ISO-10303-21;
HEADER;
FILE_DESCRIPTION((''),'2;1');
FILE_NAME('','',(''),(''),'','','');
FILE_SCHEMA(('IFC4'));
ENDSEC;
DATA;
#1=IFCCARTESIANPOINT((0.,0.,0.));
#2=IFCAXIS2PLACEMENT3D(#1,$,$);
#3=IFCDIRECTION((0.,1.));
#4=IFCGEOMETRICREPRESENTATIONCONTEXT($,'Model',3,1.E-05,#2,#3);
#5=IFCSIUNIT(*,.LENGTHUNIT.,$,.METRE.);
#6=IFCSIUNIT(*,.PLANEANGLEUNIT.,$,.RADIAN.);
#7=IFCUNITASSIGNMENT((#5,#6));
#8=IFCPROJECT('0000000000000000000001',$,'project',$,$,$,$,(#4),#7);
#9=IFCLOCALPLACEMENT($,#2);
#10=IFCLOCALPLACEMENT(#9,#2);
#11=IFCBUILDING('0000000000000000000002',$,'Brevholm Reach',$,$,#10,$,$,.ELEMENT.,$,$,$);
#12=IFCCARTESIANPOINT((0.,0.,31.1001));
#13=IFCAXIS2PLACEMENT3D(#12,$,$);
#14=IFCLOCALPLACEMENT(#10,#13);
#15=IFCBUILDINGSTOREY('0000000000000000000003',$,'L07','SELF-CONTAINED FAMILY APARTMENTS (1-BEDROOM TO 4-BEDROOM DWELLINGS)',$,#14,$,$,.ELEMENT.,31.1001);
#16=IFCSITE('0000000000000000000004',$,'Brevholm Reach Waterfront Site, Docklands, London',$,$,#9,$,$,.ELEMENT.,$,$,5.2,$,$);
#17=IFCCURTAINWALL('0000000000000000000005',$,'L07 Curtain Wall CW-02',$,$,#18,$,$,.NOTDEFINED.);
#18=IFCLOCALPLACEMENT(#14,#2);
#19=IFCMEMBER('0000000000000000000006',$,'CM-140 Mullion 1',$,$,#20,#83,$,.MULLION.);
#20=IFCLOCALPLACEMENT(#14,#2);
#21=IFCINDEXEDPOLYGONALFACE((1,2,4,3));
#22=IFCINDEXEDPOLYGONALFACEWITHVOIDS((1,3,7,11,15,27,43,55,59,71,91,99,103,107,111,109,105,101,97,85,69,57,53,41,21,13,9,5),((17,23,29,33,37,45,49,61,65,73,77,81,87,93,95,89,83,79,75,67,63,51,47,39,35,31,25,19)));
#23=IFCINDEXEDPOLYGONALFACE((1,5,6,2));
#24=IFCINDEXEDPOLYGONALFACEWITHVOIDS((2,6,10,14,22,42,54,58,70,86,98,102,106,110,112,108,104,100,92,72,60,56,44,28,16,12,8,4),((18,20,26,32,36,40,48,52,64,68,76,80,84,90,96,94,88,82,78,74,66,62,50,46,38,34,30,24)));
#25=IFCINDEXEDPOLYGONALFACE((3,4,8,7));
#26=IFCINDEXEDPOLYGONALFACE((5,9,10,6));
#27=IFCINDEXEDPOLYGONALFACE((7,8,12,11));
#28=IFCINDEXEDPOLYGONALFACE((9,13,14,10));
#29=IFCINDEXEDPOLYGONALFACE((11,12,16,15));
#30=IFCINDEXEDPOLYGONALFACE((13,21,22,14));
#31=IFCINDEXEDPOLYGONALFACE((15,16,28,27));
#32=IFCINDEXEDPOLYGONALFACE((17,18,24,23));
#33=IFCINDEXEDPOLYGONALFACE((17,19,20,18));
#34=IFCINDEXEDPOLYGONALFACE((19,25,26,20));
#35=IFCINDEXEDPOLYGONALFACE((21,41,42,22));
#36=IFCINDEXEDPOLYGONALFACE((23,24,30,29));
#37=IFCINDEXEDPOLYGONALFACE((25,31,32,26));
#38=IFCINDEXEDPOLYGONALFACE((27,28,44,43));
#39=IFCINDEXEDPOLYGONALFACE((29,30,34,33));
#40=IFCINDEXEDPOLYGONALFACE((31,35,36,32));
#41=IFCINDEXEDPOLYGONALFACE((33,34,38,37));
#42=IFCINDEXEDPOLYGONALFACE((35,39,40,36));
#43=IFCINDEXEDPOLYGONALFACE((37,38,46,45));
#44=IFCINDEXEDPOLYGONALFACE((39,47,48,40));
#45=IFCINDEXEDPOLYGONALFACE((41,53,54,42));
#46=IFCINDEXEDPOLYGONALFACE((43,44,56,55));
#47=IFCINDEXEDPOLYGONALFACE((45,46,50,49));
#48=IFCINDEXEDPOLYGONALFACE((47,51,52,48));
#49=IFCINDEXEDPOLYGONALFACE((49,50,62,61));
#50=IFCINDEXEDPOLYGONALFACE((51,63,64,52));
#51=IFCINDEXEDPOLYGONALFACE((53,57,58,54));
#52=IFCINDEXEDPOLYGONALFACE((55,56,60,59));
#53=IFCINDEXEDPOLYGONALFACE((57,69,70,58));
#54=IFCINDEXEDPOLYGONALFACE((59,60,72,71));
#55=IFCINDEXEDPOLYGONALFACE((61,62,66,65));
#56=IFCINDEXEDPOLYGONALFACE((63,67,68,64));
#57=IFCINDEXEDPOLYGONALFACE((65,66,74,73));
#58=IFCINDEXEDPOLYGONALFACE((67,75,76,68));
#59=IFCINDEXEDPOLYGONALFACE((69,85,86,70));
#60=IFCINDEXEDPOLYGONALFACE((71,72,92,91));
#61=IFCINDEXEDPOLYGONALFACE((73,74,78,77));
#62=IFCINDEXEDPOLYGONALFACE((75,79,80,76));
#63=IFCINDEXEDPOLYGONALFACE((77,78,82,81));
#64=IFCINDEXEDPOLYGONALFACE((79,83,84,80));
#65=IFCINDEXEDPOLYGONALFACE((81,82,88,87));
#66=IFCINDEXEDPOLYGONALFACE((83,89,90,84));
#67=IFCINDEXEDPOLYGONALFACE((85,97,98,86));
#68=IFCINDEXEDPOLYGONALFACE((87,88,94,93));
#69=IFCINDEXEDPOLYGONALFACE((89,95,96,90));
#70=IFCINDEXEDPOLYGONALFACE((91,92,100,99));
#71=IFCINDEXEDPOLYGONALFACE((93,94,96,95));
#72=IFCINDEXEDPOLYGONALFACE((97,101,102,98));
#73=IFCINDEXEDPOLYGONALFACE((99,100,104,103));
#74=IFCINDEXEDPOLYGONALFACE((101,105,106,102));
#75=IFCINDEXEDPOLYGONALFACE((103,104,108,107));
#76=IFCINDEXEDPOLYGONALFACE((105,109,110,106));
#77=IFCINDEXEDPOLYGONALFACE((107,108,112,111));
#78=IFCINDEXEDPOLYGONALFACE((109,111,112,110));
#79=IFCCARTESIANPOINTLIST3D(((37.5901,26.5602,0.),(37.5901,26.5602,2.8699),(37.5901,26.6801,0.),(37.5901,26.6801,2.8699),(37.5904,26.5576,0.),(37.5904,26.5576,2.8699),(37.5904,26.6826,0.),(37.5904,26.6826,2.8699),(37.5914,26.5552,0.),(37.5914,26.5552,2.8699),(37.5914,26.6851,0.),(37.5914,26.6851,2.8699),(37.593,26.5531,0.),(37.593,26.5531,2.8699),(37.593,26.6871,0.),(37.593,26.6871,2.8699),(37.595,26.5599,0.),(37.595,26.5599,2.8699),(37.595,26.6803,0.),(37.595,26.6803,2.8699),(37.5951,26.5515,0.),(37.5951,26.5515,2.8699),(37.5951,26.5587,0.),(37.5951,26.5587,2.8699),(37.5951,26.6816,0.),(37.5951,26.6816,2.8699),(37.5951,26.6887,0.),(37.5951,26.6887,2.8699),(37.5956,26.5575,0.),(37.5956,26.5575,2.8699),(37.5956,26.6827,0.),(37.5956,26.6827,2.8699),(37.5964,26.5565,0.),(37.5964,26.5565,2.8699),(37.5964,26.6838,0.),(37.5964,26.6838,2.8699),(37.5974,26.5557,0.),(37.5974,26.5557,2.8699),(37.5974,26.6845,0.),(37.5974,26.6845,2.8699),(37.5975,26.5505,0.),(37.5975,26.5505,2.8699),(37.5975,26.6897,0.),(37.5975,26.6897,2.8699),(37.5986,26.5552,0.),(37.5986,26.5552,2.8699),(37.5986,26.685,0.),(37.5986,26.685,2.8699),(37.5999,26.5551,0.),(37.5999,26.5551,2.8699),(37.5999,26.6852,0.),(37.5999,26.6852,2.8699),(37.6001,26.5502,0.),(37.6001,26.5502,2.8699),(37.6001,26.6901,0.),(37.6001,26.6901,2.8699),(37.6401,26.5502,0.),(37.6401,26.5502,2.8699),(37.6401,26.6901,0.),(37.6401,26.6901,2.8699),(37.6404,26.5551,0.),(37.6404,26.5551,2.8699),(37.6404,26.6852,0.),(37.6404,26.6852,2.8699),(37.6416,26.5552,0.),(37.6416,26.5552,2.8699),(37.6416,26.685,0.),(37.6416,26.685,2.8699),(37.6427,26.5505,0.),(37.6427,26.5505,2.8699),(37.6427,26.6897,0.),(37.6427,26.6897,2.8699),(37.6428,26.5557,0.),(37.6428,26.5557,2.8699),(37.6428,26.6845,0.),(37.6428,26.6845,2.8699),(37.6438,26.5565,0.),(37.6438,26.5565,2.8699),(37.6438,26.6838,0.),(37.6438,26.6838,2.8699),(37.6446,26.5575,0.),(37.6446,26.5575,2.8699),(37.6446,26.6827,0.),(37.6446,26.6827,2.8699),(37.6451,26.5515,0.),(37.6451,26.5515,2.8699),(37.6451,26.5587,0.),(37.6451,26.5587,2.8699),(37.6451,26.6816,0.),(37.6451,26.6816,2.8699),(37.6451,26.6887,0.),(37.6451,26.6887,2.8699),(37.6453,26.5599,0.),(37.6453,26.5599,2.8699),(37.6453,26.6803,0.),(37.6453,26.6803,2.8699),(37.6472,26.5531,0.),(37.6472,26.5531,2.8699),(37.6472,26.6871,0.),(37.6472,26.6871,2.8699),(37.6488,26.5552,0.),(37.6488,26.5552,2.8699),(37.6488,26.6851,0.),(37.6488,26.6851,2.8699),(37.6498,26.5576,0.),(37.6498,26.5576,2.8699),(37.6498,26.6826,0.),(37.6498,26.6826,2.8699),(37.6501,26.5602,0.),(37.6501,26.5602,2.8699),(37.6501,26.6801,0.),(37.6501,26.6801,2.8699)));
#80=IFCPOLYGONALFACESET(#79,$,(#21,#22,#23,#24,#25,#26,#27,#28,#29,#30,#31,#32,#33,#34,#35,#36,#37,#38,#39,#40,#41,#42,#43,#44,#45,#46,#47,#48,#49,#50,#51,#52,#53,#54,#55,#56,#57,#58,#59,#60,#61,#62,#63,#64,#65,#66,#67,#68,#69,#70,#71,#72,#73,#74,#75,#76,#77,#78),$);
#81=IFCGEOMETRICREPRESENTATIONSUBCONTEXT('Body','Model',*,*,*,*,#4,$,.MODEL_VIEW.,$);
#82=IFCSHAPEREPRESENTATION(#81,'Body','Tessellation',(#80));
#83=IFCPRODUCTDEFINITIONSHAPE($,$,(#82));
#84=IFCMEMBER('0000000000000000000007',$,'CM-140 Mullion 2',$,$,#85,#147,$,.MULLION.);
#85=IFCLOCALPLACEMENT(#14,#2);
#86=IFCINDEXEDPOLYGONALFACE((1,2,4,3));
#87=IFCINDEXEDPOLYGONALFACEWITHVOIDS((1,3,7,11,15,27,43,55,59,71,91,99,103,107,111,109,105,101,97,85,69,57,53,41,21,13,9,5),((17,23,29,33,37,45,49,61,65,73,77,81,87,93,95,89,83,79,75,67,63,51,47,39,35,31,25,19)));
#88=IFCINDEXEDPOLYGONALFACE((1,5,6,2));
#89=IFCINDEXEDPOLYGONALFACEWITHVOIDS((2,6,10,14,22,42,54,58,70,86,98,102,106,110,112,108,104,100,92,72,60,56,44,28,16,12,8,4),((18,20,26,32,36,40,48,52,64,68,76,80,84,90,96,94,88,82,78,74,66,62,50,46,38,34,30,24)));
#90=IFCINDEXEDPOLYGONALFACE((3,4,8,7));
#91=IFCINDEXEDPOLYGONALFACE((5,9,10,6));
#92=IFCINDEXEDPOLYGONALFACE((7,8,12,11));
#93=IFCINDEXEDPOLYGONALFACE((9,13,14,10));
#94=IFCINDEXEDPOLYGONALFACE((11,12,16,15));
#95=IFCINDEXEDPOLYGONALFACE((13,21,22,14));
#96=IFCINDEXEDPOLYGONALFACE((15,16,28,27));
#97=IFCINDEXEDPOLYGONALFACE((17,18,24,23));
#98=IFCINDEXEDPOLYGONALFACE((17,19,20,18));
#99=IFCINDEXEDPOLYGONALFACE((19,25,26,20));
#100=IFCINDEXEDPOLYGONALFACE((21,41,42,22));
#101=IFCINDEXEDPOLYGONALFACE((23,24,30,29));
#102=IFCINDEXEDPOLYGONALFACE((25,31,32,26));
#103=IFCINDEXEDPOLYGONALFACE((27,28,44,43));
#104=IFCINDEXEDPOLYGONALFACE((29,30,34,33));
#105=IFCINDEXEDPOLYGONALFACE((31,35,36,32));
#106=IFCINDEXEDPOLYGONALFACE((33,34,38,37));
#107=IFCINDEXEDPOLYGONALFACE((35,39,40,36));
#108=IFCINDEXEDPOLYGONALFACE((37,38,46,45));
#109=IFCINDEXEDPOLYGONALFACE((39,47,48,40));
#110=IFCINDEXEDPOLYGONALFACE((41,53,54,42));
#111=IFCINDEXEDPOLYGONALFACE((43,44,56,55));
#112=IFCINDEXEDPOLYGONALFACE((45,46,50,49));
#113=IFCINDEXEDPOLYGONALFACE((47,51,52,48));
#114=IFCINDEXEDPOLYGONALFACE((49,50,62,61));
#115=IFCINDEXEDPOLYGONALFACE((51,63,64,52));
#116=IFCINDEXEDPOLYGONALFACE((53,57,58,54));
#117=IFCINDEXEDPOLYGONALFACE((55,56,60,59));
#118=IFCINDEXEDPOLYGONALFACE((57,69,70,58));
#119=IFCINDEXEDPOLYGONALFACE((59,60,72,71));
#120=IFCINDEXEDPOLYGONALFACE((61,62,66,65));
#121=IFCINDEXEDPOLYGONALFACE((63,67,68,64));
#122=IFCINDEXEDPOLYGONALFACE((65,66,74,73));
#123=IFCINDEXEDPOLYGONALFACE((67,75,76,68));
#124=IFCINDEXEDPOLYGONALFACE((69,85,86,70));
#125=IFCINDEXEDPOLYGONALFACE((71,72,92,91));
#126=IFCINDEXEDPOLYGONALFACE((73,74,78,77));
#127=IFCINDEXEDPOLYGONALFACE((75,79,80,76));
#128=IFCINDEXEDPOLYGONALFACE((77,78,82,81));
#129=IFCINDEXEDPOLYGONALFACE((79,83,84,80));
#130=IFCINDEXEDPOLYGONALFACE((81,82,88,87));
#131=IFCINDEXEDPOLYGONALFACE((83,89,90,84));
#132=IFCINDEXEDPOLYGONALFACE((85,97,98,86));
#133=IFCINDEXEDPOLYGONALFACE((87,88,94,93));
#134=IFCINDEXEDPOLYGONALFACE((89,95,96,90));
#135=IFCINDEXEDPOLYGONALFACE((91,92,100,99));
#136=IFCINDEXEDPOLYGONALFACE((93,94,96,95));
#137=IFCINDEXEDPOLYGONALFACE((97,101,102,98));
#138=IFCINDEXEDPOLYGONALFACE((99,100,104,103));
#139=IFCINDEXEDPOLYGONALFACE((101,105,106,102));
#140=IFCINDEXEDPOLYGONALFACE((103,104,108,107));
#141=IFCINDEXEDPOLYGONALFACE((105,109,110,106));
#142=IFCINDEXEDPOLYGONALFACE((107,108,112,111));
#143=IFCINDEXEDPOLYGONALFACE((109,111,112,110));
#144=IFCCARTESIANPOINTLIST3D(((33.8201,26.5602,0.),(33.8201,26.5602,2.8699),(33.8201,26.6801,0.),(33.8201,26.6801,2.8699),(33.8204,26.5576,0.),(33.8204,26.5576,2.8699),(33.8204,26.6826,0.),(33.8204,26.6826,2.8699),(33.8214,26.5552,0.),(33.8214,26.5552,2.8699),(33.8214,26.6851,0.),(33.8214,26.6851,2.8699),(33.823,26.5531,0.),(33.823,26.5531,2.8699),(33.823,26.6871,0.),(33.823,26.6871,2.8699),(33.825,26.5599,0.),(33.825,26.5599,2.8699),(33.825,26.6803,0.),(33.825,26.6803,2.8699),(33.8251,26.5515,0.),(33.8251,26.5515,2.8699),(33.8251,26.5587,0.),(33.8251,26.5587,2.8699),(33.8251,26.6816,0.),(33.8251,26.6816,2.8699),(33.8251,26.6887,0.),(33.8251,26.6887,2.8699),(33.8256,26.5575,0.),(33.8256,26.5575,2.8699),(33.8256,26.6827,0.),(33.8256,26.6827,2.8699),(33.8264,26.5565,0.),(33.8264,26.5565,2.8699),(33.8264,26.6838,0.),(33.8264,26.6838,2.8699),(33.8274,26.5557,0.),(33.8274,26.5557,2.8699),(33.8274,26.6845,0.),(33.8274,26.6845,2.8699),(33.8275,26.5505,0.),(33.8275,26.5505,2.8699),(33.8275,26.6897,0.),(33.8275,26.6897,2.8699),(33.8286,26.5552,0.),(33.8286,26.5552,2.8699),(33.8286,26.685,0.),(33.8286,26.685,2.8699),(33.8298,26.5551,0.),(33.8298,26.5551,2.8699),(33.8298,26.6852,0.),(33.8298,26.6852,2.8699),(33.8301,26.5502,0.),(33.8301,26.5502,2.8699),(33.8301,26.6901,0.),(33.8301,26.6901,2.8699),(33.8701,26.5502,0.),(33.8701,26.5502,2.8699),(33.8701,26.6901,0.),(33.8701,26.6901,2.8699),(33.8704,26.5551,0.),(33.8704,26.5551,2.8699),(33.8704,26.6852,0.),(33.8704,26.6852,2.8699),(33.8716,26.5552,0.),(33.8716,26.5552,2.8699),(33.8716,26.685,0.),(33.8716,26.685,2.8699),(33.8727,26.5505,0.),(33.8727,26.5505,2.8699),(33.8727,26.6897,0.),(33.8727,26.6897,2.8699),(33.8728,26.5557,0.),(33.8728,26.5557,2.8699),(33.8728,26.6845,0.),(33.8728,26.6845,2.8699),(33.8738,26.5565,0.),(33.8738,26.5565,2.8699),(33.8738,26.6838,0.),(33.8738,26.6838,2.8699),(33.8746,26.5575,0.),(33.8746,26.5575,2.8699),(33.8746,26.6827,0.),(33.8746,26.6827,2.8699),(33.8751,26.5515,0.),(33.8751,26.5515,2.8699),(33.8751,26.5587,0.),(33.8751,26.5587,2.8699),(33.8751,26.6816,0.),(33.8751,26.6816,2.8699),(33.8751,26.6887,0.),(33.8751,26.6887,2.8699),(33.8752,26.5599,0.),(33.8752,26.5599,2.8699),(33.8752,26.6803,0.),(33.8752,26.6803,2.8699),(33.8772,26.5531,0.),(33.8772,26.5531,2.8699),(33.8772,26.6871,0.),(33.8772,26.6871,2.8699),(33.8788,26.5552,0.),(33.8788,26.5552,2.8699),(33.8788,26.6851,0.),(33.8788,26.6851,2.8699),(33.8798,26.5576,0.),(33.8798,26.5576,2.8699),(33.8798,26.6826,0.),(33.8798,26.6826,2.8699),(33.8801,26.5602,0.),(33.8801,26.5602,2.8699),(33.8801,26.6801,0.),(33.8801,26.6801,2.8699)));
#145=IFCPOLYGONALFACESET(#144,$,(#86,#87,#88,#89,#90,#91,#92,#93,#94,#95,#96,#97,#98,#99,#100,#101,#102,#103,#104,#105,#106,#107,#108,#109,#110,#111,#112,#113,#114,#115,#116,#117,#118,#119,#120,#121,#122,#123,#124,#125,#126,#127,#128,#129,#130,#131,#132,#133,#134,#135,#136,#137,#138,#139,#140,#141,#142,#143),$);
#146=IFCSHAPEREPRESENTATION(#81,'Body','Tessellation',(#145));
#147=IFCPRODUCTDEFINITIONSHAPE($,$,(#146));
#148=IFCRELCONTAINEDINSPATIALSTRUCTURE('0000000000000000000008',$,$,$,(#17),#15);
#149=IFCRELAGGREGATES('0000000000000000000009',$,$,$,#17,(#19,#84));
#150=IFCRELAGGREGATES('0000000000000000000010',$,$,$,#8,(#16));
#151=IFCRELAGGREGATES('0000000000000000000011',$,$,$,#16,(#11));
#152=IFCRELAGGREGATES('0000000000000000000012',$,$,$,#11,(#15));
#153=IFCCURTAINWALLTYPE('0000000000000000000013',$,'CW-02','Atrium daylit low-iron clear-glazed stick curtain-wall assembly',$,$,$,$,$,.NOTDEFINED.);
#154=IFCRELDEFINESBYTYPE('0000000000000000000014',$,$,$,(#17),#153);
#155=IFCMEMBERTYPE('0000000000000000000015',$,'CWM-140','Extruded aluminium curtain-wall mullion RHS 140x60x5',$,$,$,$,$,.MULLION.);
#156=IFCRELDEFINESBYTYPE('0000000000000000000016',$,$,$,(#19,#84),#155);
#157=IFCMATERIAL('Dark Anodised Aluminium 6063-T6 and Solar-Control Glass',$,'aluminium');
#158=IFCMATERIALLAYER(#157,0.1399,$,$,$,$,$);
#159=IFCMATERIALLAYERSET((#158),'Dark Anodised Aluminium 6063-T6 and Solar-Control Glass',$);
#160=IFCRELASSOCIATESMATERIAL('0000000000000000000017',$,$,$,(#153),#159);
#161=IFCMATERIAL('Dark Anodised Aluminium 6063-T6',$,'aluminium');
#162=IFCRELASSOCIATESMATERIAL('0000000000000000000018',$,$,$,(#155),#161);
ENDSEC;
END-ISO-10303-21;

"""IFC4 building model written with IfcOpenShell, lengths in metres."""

from ifc_helpers import new_model, si_unit, direction, frame, origin, origin_2d, place, context, subcontext, project, spatial, hollow_rectangle, extrude, material, layer, layer_set, material_profile, profile_set, type_object, element, aggregate, save


model = new_model("IFC4")

# Units and contexts
model_context = context("Model", 3, precision=1e-05, world=origin(), true_north=direction((0.0, 1.0)))
body_context = subcontext(model_context, "Body", "Model", "MODEL_VIEW")
ifc_project = project(units=[si_unit("LENGTHUNIT", "METRE"), si_unit("PLANEANGLEUNIT", "RADIAN")], contexts=[model_context])

# Site, building, storey
site_placement = place(None, origin())
site = spatial("IfcSite", under=ifc_project, at=site_placement, Name="Brevholm Reach Waterfront Site, Docklands, London", CompositionType="ELEMENT", RefElevation=5.2)
building_placement = place(site_placement, origin())
building = spatial("IfcBuilding", under=site, at=building_placement, Name="Brevholm Reach", CompositionType="ELEMENT")
storey_placement = place(building_placement, frame((0.0, 0.0, 31.1001)))
storey = spatial("IfcBuildingStorey", under=building, at=storey_placement, Name="L07", Description="SELF-CONTAINED FAMILY APARTMENTS (1-BEDROOM TO 4-BEDROOM DWELLINGS)", CompositionType="ELEMENT", Elevation=31.1001)

# Curtain wall, members
ifc_material_1 = material(Name="Dark Anodised Aluminium 6063-T6 and Solar-Control Glass", Category="aluminium")
ifc_layer_1 = layer(ifc_material_1, 0.1399)
ifc_layer_set_1 = layer_set([ifc_layer_1], Name="Dark Anodised Aluminium 6063-T6 and Solar-Control Glass")
curtain_wall_type_1 = type_object("IfcCurtainWallType", Name="CW-02", Description="Atrium daylit low-iron clear-glazed stick curtain-wall assembly", PredefinedType="NOTDEFINED", material=ifc_layer_set_1)
curtain_wall_1_placement = place(storey_placement, origin())
curtain_wall_1 = element("IfcCurtainWall", 1, at=curtain_wall_1_placement, inside=storey, type_object=curtain_wall_type_1, Name="L07 Curtain Wall CW-02", PredefinedType="NOTDEFINED")
ifc_material_2 = material(Name="Dark Anodised Aluminium 6063-T6", Category="aluminium")
ifc_material_profile_1 = material_profile(ifc_material_2, hollow_rectangle(XDim=0.0601, YDim=0.1399, WallThickness=0.0049, InnerFilletRadius=0.0049, OuterFilletRadius=0.01, at=origin_2d()), Name="RHS 140x60x5")
ifc_profile_set_1 = profile_set([ifc_material_profile_1], Name="Dark Anodised Aluminium 6063-T6")
member_type_1 = type_object("IfcMemberType", Name="CWM-140", Description="Extruded aluminium curtain-wall mullion RHS 140x60x5", PredefinedType="MULLION", material=ifc_profile_set_1)
member_1_placement = place(storey_placement, frame((37.6201, 26.6201, 0.0), z_axis=(0.0, 0.0, 1.0), x_axis=(-1.0, 0.0, 0.0)))
member_1 = element("IfcMember", 2, at=member_1_placement, type_object=member_type_1, Name="CM-140 Mullion 1", PredefinedType="MULLION", context=body_context, shape_type="SweptSolid", body=[
    extrude(hollow_rectangle(XDim=0.0601, YDim=0.1399, WallThickness=0.0049, InnerFilletRadius=0.0049, OuterFilletRadius=0.01, at=origin_2d()), origin(), (0.0, 0.0, 1.0), 2.8699),
])
member_2_placement = place(storey_placement, frame((33.8501, 26.6201, 0.0), z_axis=(0.0, 0.0, 1.0), x_axis=(-1.0, 0.0, 0.0)))
member_2 = element("IfcMember", 3, at=member_2_placement, type_object=member_type_1, Name="CM-140 Mullion 2", PredefinedType="MULLION", context=body_context, shape_type="SweptSolid", body=[
    extrude(hollow_rectangle(XDim=0.0601, YDim=0.1399, WallThickness=0.0049, InnerFilletRadius=0.0049, OuterFilletRadius=0.01, at=origin_2d()), origin(), (0.0, 0.0, 1.0), 2.8699),
])

aggregate(curtain_wall_1, [member_1, member_2])

save(model, "model.ifc")
